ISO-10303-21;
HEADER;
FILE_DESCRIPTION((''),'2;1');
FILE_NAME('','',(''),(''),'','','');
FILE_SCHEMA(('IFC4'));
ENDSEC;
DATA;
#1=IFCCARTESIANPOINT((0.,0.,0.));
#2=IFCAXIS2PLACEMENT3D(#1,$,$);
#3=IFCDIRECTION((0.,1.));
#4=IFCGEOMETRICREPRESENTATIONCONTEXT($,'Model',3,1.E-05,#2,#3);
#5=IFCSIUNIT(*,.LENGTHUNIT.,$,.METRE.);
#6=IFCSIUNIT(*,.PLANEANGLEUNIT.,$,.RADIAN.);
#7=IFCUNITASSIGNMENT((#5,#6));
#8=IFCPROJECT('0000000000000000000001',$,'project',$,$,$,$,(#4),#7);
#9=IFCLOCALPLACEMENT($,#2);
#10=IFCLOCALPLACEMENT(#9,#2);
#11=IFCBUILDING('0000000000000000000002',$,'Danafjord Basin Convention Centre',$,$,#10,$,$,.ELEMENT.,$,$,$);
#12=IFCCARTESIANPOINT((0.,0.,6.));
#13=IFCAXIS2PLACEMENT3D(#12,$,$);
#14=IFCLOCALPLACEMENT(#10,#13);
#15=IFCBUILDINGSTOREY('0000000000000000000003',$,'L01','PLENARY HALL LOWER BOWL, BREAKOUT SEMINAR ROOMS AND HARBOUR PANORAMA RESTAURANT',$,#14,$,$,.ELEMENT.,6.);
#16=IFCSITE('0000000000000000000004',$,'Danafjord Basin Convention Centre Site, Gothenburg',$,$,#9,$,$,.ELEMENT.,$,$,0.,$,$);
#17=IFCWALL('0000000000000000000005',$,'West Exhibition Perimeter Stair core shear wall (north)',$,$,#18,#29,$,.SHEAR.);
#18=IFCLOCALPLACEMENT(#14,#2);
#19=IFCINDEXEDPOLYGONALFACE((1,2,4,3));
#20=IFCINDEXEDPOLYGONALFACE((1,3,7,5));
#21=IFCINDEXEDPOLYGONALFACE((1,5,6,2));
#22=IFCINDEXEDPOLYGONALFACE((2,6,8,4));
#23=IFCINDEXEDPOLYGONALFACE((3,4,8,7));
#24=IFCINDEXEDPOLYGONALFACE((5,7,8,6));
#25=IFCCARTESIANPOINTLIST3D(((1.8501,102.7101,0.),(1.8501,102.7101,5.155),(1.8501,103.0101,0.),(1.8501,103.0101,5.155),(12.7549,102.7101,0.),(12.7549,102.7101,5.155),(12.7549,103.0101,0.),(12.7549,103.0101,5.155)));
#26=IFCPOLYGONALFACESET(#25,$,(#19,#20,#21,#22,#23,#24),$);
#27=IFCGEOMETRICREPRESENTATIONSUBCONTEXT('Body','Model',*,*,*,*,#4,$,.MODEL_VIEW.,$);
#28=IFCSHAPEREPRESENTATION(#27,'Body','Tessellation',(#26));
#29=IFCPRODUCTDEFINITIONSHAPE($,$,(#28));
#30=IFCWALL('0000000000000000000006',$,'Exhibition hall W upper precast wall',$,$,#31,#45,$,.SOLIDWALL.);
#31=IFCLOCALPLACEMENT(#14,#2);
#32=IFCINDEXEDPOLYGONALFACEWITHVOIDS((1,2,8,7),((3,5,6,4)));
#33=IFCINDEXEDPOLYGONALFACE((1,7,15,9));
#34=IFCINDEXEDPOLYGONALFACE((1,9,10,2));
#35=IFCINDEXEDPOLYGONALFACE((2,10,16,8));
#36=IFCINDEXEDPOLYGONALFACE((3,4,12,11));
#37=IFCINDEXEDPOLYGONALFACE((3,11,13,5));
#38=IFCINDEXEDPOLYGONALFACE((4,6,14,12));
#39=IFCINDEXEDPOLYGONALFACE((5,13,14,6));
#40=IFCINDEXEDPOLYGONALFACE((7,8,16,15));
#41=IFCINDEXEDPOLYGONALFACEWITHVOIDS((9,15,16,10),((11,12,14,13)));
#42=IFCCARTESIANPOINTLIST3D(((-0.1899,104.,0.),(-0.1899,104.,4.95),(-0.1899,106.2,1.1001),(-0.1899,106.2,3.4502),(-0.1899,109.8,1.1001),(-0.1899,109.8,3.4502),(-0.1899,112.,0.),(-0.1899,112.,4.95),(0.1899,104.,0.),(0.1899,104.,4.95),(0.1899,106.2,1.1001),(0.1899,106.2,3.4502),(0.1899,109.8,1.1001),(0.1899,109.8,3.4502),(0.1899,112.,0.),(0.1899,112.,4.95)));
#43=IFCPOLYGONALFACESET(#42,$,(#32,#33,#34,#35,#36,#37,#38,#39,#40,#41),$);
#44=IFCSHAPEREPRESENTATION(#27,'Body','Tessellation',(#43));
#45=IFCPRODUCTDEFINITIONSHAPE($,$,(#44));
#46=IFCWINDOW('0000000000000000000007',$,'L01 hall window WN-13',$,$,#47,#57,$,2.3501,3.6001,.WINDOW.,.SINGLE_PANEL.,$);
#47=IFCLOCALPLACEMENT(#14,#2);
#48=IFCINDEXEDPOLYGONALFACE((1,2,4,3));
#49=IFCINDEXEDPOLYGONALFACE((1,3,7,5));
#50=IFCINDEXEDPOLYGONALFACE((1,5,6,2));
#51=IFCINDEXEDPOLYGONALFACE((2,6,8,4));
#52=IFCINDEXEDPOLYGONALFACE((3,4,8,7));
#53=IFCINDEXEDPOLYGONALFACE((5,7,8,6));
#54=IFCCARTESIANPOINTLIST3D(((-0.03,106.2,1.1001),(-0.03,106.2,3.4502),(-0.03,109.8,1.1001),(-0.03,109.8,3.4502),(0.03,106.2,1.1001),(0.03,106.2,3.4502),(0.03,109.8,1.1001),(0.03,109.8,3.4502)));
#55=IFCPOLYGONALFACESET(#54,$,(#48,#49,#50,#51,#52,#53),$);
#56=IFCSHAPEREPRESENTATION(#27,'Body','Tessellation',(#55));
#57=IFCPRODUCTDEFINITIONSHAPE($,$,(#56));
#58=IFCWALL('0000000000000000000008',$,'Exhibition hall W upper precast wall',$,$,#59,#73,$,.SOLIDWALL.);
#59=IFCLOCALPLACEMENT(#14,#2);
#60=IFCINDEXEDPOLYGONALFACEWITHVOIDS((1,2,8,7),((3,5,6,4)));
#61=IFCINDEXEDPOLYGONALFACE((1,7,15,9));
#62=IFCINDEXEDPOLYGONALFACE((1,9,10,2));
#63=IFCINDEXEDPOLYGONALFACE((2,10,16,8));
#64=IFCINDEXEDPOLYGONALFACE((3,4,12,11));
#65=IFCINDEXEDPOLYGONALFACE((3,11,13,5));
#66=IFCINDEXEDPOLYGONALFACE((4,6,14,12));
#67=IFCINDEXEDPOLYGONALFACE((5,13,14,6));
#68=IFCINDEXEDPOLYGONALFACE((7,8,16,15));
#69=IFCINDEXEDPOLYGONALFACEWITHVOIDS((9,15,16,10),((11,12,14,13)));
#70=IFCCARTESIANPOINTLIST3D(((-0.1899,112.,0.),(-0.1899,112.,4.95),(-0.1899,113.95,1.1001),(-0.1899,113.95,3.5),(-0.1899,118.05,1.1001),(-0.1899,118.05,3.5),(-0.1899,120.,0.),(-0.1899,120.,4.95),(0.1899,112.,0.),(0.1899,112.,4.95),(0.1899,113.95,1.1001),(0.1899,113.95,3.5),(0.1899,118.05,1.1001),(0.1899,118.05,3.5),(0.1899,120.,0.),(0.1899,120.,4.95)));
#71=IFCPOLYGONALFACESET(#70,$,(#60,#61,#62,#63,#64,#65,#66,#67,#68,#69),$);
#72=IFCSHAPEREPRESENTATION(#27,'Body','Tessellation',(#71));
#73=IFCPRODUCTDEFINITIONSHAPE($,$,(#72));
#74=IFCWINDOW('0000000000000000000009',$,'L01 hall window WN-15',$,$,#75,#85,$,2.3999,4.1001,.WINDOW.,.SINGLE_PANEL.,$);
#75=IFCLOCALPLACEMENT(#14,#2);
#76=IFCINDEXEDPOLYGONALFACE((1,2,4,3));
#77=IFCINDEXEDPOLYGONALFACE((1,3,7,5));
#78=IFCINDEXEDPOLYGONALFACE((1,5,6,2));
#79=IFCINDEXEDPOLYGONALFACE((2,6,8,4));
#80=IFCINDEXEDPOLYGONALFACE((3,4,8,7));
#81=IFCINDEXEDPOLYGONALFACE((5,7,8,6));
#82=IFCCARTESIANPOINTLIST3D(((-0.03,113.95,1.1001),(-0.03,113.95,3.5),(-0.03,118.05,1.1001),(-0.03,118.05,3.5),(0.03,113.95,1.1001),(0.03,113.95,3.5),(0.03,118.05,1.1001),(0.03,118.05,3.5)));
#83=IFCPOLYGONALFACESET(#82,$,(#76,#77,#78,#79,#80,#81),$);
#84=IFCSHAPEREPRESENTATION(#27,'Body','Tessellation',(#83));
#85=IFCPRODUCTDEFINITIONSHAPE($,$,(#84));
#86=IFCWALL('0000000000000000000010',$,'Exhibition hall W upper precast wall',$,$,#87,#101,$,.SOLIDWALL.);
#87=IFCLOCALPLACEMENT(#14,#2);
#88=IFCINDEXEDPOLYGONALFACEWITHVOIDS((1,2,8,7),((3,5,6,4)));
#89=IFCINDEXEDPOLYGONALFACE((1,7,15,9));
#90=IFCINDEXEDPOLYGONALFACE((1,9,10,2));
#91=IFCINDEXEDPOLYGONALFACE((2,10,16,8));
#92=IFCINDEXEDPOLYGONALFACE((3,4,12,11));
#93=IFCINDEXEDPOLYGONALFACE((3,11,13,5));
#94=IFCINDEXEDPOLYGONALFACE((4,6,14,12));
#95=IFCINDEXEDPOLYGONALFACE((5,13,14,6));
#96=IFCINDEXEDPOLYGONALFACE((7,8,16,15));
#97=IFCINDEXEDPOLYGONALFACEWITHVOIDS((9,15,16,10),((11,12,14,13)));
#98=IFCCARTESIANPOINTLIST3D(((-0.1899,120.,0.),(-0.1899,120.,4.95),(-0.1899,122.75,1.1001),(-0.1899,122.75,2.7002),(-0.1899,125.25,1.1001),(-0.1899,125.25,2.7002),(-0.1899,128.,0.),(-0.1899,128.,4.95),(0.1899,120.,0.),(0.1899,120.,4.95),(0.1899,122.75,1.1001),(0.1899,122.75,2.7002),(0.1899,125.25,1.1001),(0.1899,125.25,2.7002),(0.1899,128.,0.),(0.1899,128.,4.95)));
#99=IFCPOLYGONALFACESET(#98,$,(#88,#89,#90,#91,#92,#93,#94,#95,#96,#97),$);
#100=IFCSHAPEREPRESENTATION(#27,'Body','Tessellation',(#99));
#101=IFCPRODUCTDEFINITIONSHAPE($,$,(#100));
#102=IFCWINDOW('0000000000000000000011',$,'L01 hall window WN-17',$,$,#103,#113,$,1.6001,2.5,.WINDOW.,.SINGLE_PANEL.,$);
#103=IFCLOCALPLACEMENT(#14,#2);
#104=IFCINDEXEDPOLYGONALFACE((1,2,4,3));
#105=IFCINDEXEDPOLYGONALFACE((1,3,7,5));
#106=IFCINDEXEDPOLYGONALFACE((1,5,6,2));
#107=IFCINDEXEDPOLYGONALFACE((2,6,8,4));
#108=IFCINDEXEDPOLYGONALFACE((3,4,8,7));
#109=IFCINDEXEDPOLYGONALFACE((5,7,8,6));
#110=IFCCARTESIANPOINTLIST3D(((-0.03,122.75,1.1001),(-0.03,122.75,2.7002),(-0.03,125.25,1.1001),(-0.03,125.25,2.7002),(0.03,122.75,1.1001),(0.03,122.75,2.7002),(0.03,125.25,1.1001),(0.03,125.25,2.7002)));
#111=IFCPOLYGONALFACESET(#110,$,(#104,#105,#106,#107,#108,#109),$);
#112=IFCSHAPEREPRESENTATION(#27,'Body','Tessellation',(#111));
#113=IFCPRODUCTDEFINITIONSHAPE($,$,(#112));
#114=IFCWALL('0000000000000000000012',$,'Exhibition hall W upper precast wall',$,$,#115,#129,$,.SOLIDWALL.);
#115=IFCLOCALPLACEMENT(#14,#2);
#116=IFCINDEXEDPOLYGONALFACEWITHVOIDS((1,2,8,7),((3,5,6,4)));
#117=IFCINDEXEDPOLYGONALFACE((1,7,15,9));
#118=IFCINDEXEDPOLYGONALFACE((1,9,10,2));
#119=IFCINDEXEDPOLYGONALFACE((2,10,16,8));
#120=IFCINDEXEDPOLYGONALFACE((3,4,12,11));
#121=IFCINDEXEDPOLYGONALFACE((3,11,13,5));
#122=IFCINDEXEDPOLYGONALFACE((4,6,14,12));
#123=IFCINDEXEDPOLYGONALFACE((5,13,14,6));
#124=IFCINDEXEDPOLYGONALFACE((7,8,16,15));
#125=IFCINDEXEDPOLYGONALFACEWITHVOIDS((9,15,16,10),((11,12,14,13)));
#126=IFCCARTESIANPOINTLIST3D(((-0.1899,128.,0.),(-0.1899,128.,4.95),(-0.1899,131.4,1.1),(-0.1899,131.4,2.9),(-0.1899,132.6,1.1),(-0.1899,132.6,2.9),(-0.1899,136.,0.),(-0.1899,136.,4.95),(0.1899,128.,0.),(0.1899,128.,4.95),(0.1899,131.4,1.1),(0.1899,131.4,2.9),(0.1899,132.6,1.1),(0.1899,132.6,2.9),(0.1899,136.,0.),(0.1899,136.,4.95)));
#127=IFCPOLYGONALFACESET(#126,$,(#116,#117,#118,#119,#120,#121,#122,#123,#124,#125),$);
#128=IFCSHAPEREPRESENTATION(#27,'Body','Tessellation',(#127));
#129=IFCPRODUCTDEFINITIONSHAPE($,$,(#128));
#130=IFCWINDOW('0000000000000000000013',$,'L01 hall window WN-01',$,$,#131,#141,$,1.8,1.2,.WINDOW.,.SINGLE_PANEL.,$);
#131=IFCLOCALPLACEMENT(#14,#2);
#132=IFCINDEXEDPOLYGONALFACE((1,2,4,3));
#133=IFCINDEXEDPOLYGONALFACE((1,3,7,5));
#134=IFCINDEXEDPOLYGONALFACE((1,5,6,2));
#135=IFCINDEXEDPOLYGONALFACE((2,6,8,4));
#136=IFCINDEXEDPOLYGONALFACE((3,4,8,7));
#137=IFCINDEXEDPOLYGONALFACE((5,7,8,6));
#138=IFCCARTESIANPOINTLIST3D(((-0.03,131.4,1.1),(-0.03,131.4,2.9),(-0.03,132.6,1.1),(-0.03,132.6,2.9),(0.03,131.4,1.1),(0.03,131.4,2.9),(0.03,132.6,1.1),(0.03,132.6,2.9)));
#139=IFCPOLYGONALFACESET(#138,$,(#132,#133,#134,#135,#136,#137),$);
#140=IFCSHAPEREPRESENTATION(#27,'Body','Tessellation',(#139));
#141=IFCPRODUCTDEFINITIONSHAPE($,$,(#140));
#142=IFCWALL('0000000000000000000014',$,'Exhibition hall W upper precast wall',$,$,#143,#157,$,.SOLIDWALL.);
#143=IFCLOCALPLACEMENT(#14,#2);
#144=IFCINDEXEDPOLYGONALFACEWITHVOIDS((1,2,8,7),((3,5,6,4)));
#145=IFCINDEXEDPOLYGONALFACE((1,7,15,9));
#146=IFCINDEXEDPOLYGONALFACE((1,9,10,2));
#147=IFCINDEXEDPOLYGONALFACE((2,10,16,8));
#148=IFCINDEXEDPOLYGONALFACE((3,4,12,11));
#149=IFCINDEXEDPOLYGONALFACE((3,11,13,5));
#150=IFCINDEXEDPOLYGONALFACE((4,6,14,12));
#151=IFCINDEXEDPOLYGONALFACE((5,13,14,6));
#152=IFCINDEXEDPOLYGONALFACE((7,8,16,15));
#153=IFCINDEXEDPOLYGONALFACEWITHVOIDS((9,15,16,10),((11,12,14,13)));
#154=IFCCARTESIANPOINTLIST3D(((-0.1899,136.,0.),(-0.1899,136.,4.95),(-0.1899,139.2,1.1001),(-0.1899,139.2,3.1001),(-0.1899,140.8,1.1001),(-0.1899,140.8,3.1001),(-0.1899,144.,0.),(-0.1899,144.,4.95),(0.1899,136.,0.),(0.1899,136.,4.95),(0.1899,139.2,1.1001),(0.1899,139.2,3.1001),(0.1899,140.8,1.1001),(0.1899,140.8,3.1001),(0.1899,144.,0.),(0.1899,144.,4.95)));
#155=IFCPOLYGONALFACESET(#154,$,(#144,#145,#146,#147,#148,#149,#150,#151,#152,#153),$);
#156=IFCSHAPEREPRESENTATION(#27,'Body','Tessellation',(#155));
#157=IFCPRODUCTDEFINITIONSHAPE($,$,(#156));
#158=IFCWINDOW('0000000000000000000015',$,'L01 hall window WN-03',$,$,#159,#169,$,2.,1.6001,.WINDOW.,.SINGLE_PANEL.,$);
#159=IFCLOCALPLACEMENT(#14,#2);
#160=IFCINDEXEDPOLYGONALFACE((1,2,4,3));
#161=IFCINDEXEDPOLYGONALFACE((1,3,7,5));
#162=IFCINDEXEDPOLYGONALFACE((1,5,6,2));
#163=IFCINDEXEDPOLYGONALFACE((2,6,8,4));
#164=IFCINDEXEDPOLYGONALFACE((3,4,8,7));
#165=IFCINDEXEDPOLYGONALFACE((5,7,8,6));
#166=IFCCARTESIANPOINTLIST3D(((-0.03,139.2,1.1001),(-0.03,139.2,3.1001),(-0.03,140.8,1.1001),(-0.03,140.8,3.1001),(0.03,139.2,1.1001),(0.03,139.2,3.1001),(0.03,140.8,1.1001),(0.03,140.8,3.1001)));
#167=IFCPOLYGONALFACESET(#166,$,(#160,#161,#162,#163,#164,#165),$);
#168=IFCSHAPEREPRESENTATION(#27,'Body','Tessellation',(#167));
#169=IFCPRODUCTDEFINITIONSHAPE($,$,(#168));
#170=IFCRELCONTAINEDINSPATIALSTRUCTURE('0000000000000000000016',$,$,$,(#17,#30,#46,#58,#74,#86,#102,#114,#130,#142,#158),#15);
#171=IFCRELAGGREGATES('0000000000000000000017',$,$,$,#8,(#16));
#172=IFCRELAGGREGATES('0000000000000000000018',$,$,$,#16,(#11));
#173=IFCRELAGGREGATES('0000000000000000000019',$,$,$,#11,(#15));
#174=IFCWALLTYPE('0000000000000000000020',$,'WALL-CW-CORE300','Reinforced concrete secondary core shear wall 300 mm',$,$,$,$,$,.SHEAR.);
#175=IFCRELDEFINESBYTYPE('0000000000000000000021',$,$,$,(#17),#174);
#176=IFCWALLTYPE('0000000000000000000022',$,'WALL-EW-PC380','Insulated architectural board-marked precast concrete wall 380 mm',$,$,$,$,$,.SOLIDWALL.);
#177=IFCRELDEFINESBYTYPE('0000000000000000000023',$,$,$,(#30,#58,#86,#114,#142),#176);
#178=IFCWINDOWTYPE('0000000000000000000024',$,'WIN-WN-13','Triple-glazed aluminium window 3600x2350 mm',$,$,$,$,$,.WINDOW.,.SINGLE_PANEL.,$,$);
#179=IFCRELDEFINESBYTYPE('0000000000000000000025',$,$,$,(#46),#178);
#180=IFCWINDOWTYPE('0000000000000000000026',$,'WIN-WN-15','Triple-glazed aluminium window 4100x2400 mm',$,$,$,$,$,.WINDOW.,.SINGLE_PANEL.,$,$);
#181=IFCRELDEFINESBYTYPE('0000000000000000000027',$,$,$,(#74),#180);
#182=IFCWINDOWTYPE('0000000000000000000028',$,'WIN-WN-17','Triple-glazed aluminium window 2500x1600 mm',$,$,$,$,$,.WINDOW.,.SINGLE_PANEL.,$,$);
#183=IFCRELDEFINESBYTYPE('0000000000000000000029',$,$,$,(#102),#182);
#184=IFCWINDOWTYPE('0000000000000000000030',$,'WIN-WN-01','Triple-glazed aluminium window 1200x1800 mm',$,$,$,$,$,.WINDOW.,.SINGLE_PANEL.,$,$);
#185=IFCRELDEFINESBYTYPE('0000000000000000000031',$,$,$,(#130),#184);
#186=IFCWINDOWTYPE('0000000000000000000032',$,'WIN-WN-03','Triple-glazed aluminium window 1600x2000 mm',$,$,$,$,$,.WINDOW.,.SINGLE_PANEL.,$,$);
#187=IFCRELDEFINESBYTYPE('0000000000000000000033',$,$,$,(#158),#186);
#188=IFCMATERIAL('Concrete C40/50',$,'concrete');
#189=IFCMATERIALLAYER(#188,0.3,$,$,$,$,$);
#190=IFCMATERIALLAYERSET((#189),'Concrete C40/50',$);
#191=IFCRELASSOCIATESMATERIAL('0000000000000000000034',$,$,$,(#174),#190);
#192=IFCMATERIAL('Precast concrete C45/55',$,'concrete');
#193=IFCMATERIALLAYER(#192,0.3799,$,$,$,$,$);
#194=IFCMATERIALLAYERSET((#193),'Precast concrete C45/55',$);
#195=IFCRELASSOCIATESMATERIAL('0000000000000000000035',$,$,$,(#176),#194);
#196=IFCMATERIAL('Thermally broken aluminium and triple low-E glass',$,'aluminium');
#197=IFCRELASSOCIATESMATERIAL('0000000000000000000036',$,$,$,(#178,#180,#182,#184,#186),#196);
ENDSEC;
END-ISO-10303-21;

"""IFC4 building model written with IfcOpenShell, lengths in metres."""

from ifc_helpers import new_model, si_unit, direction, frame, frame_2d, origin, place, context, subcontext, project, spatial, rectangle, extrude, material, layer, layer_set, type_object, element, fill, save


model = new_model("IFC4")

# Units and contexts
model_context = context("Model", 3, precision=1e-05, world=origin(), true_north=direction((0.0, 1.0)))
body_context = subcontext(model_context, "Body", "Model", "MODEL_VIEW")
ifc_project = project(units=[si_unit("LENGTHUNIT", "METRE"), si_unit("PLANEANGLEUNIT", "RADIAN")], contexts=[model_context])

# Site, building, storey
site_placement = place(None, origin())
site = spatial("IfcSite", under=ifc_project, at=site_placement, Name="Danafjord Basin Convention Centre Site, Gothenburg", CompositionType="ELEMENT", RefElevation=0.0)
building_placement = place(site_placement, origin())
building = spatial("IfcBuilding", under=site, at=building_placement, Name="Danafjord Basin Convention Centre", CompositionType="ELEMENT")
storey_placement = place(building_placement, frame((0.0, 0.0, 6.0)))
storey = spatial("IfcBuildingStorey", under=building, at=storey_placement, Name="L01", Description="PLENARY HALL LOWER BOWL, BREAKOUT SEMINAR ROOMS AND HARBOUR PANORAMA RESTAURANT", CompositionType="ELEMENT", Elevation=6.0)

# Shared definitions
ifc_material_1 = material(Name="Precast concrete C45/55", Category="concrete")

# Wall
ifc_material_2 = material(Name="Concrete C40/50", Category="concrete")
ifc_layer_1 = layer(ifc_material_2, 0.3)
ifc_layer_set_1 = layer_set([ifc_layer_1], Name="Concrete C40/50")
wall_type_1 = type_object("IfcWallType", Name="WALL-CW-CORE300", Description="Reinforced concrete secondary core shear wall 300 mm", PredefinedType="SHEAR", material=ifc_layer_set_1)
wall_1_placement = place(storey_placement, frame((12.7549, 102.8601, 0.0), z_axis=(0.0, 0.0, 1.0), x_axis=(-1.0, 0.0, 0.0)))
element("IfcWall", 1, at=wall_1_placement, inside=storey, type_object=wall_type_1, Name="West Exhibition Perimeter Stair core shear wall (north)", PredefinedType="SHEAR", context=body_context, shape_type="SweptSolid", body=[
    extrude(rectangle(XDim=10.9048, YDim=0.3, at=frame_2d((5.4524, 0.0))), origin(), (0.0, 0.0, 1.0), 5.155),
])

# Walls, openings, windows
ifc_layer_2 = layer(ifc_material_1, 0.3799)
ifc_layer_set_2 = layer_set([ifc_layer_2], Name="Precast concrete C45/55")
wall_type_2 = type_object("IfcWallType", Name="WALL-EW-PC380", Description="Insulated architectural board-marked precast concrete wall 380 mm", PredefinedType="SOLIDWALL", material=ifc_layer_set_2)
wall_2_placement = place(storey_placement, frame((0.0, 104.0, 0.0), z_axis=(0.0, 0.0, 1.0), x_axis=(0.0, 1.0, 0.0)))
wall_2 = element("IfcWall", 2, at=wall_2_placement, inside=storey, type_object=wall_type_2, Name="Exhibition hall W upper precast wall", PredefinedType="SOLIDWALL", context=body_context, shape_type="SweptSolid", body=[
    extrude(rectangle(XDim=8.0, YDim=0.3799, at=frame_2d((4.0, 0.0))), origin(), (0.0, 0.0, 1.0), 4.95),
])
opening_1_placement = place(wall_2_placement, frame((2.2, 0.0, 1.1001)))
opening_1 = element("IfcOpeningElement", 3, at=opening_1_placement, cuts=wall_2, PredefinedType="OPENING", context=body_context, shape_type="SweptSolid", body=[
    extrude(rectangle(XDim=3.6001, YDim=2.3501, at=frame_2d((1.8, 1.175))), frame((0.0, 0.2, 0.0), z_axis=(0.0, -1.0, 0.0), x_axis=(1.0, 0.0, 0.0)), (0.0, 0.0, 1.0), 0.3999),
])
ifc_material_3 = material(Name="Thermally broken aluminium and triple low-E glass", Category="aluminium")
window_type_1 = type_object("IfcWindowType", Name="WIN-WN-13", Description="Triple-glazed aluminium window 3600x2350 mm", PartitioningType="SINGLE_PANEL", PredefinedType="WINDOW", material=ifc_material_3)
window_1_placement = place(opening_1_placement, origin())
window_1 = element("IfcWindow", 4, at=window_1_placement, inside=storey, type_object=window_type_1, Name="L01 hall window WN-13", OverallHeight=2.3501, OverallWidth=3.6001, PartitioningType="SINGLE_PANEL", PredefinedType="WINDOW", context=body_context, shape_type="SweptSolid", body=[
    extrude(rectangle(XDim=3.6001, YDim=2.3501, at=frame_2d((1.8, 1.175))), frame((0.0, 0.03, 0.0), z_axis=(0.0, -1.0, 0.0), x_axis=(1.0, 0.0, 0.0)), (0.0, 0.0, 1.0), 0.0601),
])
fill(opening_1, window_1)
wall_3_placement = place(storey_placement, frame((0.0, 112.0, 0.0), z_axis=(0.0, 0.0, 1.0), x_axis=(0.0, 1.0, 0.0)))
wall_3 = element("IfcWall", 5, at=wall_3_placement, inside=storey, type_object=wall_type_2, Name="Exhibition hall W upper precast wall", PredefinedType="SOLIDWALL", context=body_context, shape_type="SweptSolid", body=[
    extrude(rectangle(XDim=8.0, YDim=0.3799, at=frame_2d((4.0, 0.0))), origin(), (0.0, 0.0, 1.0), 4.95),
])
opening_2_placement = place(wall_3_placement, frame((1.95, 0.0, 1.1001)))
opening_2 = element("IfcOpeningElement", 6, at=opening_2_placement, cuts=wall_3, PredefinedType="OPENING", context=body_context, shape_type="SweptSolid", body=[
    extrude(rectangle(XDim=4.1001, YDim=2.3999, at=frame_2d((2.05, 1.2))), frame((0.0, 0.2, 0.0), z_axis=(0.0, -1.0, 0.0), x_axis=(1.0, 0.0, 0.0)), (0.0, 0.0, 1.0), 0.3999),
])
window_type_2 = type_object("IfcWindowType", Name="WIN-WN-15", Description="Triple-glazed aluminium window 4100x2400 mm", PartitioningType="SINGLE_PANEL", PredefinedType="WINDOW", material=ifc_material_3)
window_2_placement = place(opening_2_placement, origin())
window_2 = element("IfcWindow", 7, at=window_2_placement, inside=storey, type_object=window_type_2, Name="L01 hall window WN-15", OverallHeight=2.3999, OverallWidth=4.1001, PartitioningType="SINGLE_PANEL", PredefinedType="WINDOW", context=body_context, shape_type="SweptSolid", body=[
    extrude(rectangle(XDim=4.1001, YDim=2.3999, at=frame_2d((2.05, 1.2))), frame((0.0, 0.03, 0.0), z_axis=(0.0, -1.0, 0.0), x_axis=(1.0, 0.0, 0.0)), (0.0, 0.0, 1.0), 0.0601),
])
fill(opening_2, window_2)
wall_4_placement = place(storey_placement, frame((0.0, 120.0, 0.0), z_axis=(0.0, 0.0, 1.0), x_axis=(0.0, 1.0, 0.0)))
wall_4 = element("IfcWall", 8, at=wall_4_placement, inside=storey, type_object=wall_type_2, Name="Exhibition hall W upper precast wall", PredefinedType="SOLIDWALL", context=body_context, shape_type="SweptSolid", body=[
    extrude(rectangle(XDim=8.0, YDim=0.3799, at=frame_2d((4.0, 0.0))), origin(), (0.0, 0.0, 1.0), 4.95),
])
opening_3_placement = place(wall_4_placement, frame((2.75, 0.0, 1.1001)))
opening_3 = element("IfcOpeningElement", 9, at=opening_3_placement, cuts=wall_4, PredefinedType="OPENING", context=body_context, shape_type="SweptSolid", body=[
    extrude(rectangle(XDim=2.5, YDim=1.6001, at=frame_2d((1.25, 0.8))), frame((0.0, 0.2, 0.0), z_axis=(0.0, -1.0, 0.0), x_axis=(1.0, 0.0, 0.0)), (0.0, 0.0, 1.0), 0.3999),
])
window_type_3 = type_object("IfcWindowType", Name="WIN-WN-17", Description="Triple-glazed aluminium window 2500x1600 mm", PartitioningType="SINGLE_PANEL", PredefinedType="WINDOW", material=ifc_material_3)
window_3_placement = place(opening_3_placement, origin())
window_3 = element("IfcWindow", 10, at=window_3_placement, inside=storey, type_object=window_type_3, Name="L01 hall window WN-17", OverallHeight=1.6001, OverallWidth=2.5, PartitioningType="SINGLE_PANEL", PredefinedType="WINDOW", context=body_context, shape_type="SweptSolid", body=[
    extrude(rectangle(XDim=2.5, YDim=1.6001, at=frame_2d((1.25, 0.8))), frame((0.0, 0.03, 0.0), z_axis=(0.0, -1.0, 0.0), x_axis=(1.0, 0.0, 0.0)), (0.0, 0.0, 1.0), 0.0601),
])
fill(opening_3, window_3)
wall_5_placement = place(storey_placement, frame((0.0, 128.0, 0.0), z_axis=(0.0, 0.0, 1.0), x_axis=(0.0, 1.0, 0.0)))
wall_5 = element("IfcWall", 11, at=wall_5_placement, inside=storey, type_object=wall_type_2, Name="Exhibition hall W upper precast wall", PredefinedType="SOLIDWALL", context=body_context, shape_type="SweptSolid", body=[
    extrude(rectangle(XDim=8.0, YDim=0.3799, at=frame_2d((4.0, 0.0))), origin(), (0.0, 0.0, 1.0), 4.95),
])
opening_4_placement = place(wall_5_placement, frame((3.3999, 0.0, 1.1001)))
opening_4 = element("IfcOpeningElement", 12, at=opening_4_placement, cuts=wall_5, PredefinedType="OPENING", context=body_context, shape_type="SweptSolid", body=[
    extrude(rectangle(XDim=1.2, YDim=1.8, at=frame_2d((0.6001, 0.8999))), frame((0.0, 0.2, 0.0), z_axis=(0.0, -1.0, 0.0), x_axis=(1.0, 0.0, 0.0)), (0.0, 0.0, 1.0), 0.3999),
])
window_type_4 = type_object("IfcWindowType", Name="WIN-WN-01", Description="Triple-glazed aluminium window 1200x1800 mm", PartitioningType="SINGLE_PANEL", PredefinedType="WINDOW", material=ifc_material_3)
window_4_placement = place(opening_4_placement, origin())
window_4 = element("IfcWindow", 13, at=window_4_placement, inside=storey, type_object=window_type_4, Name="L01 hall window WN-01", OverallHeight=1.8, OverallWidth=1.2, PartitioningType="SINGLE_PANEL", PredefinedType="WINDOW", context=body_context, shape_type="SweptSolid", body=[
    extrude(rectangle(XDim=1.2, YDim=1.8, at=frame_2d((0.6001, 0.8999))), frame((0.0, 0.03, 0.0), z_axis=(0.0, -1.0, 0.0), x_axis=(1.0, 0.0, 0.0)), (0.0, 0.0, 1.0), 0.0601),
])
fill(opening_4, window_4)
wall_6_placement = place(storey_placement, frame((0.0, 136.0, 0.0), z_axis=(0.0, 0.0, 1.0), x_axis=(0.0, 1.0, 0.0)))
wall_6 = element("IfcWall", 14, at=wall_6_placement, inside=storey, type_object=wall_type_2, Name="Exhibition hall W upper precast wall", PredefinedType="SOLIDWALL", context=body_context, shape_type="SweptSolid", body=[
    extrude(rectangle(XDim=8.0, YDim=0.3799, at=frame_2d((4.0, 0.0))), origin(), (0.0, 0.0, 1.0), 4.95),
])
opening_5_placement = place(wall_6_placement, frame((3.2, 0.0, 1.1001)))
opening_5 = element("IfcOpeningElement", 15, at=opening_5_placement, cuts=wall_6, PredefinedType="OPENING", context=body_context, shape_type="SweptSolid", body=[
    extrude(rectangle(XDim=1.6001, YDim=2.0, at=frame_2d((0.8, 1.0))), frame((0.0, 0.2, 0.0), z_axis=(0.0, -1.0, 0.0), x_axis=(1.0, 0.0, 0.0)), (0.0, 0.0, 1.0), 0.3999),
])
window_type_5 = type_object("IfcWindowType", Name="WIN-WN-03", Description="Triple-glazed aluminium window 1600x2000 mm", PartitioningType="SINGLE_PANEL", PredefinedType="WINDOW", material=ifc_material_3)
window_5_placement = place(opening_5_placement, origin())
window_5 = element("IfcWindow", 16, at=window_5_placement, inside=storey, type_object=window_type_5, Name="L01 hall window WN-03", OverallHeight=2.0, OverallWidth=1.6001, PartitioningType="SINGLE_PANEL", PredefinedType="WINDOW", context=body_context, shape_type="SweptSolid", body=[
    extrude(rectangle(XDim=1.6001, YDim=2.0, at=frame_2d((0.8, 1.0))), frame((0.0, 0.03, 0.0), z_axis=(0.0, -1.0, 0.0), x_axis=(1.0, 0.0, 0.0)), (0.0, 0.0, 1.0), 0.0601),
])
fill(opening_5, window_5)

save(model, "model.ifc")
